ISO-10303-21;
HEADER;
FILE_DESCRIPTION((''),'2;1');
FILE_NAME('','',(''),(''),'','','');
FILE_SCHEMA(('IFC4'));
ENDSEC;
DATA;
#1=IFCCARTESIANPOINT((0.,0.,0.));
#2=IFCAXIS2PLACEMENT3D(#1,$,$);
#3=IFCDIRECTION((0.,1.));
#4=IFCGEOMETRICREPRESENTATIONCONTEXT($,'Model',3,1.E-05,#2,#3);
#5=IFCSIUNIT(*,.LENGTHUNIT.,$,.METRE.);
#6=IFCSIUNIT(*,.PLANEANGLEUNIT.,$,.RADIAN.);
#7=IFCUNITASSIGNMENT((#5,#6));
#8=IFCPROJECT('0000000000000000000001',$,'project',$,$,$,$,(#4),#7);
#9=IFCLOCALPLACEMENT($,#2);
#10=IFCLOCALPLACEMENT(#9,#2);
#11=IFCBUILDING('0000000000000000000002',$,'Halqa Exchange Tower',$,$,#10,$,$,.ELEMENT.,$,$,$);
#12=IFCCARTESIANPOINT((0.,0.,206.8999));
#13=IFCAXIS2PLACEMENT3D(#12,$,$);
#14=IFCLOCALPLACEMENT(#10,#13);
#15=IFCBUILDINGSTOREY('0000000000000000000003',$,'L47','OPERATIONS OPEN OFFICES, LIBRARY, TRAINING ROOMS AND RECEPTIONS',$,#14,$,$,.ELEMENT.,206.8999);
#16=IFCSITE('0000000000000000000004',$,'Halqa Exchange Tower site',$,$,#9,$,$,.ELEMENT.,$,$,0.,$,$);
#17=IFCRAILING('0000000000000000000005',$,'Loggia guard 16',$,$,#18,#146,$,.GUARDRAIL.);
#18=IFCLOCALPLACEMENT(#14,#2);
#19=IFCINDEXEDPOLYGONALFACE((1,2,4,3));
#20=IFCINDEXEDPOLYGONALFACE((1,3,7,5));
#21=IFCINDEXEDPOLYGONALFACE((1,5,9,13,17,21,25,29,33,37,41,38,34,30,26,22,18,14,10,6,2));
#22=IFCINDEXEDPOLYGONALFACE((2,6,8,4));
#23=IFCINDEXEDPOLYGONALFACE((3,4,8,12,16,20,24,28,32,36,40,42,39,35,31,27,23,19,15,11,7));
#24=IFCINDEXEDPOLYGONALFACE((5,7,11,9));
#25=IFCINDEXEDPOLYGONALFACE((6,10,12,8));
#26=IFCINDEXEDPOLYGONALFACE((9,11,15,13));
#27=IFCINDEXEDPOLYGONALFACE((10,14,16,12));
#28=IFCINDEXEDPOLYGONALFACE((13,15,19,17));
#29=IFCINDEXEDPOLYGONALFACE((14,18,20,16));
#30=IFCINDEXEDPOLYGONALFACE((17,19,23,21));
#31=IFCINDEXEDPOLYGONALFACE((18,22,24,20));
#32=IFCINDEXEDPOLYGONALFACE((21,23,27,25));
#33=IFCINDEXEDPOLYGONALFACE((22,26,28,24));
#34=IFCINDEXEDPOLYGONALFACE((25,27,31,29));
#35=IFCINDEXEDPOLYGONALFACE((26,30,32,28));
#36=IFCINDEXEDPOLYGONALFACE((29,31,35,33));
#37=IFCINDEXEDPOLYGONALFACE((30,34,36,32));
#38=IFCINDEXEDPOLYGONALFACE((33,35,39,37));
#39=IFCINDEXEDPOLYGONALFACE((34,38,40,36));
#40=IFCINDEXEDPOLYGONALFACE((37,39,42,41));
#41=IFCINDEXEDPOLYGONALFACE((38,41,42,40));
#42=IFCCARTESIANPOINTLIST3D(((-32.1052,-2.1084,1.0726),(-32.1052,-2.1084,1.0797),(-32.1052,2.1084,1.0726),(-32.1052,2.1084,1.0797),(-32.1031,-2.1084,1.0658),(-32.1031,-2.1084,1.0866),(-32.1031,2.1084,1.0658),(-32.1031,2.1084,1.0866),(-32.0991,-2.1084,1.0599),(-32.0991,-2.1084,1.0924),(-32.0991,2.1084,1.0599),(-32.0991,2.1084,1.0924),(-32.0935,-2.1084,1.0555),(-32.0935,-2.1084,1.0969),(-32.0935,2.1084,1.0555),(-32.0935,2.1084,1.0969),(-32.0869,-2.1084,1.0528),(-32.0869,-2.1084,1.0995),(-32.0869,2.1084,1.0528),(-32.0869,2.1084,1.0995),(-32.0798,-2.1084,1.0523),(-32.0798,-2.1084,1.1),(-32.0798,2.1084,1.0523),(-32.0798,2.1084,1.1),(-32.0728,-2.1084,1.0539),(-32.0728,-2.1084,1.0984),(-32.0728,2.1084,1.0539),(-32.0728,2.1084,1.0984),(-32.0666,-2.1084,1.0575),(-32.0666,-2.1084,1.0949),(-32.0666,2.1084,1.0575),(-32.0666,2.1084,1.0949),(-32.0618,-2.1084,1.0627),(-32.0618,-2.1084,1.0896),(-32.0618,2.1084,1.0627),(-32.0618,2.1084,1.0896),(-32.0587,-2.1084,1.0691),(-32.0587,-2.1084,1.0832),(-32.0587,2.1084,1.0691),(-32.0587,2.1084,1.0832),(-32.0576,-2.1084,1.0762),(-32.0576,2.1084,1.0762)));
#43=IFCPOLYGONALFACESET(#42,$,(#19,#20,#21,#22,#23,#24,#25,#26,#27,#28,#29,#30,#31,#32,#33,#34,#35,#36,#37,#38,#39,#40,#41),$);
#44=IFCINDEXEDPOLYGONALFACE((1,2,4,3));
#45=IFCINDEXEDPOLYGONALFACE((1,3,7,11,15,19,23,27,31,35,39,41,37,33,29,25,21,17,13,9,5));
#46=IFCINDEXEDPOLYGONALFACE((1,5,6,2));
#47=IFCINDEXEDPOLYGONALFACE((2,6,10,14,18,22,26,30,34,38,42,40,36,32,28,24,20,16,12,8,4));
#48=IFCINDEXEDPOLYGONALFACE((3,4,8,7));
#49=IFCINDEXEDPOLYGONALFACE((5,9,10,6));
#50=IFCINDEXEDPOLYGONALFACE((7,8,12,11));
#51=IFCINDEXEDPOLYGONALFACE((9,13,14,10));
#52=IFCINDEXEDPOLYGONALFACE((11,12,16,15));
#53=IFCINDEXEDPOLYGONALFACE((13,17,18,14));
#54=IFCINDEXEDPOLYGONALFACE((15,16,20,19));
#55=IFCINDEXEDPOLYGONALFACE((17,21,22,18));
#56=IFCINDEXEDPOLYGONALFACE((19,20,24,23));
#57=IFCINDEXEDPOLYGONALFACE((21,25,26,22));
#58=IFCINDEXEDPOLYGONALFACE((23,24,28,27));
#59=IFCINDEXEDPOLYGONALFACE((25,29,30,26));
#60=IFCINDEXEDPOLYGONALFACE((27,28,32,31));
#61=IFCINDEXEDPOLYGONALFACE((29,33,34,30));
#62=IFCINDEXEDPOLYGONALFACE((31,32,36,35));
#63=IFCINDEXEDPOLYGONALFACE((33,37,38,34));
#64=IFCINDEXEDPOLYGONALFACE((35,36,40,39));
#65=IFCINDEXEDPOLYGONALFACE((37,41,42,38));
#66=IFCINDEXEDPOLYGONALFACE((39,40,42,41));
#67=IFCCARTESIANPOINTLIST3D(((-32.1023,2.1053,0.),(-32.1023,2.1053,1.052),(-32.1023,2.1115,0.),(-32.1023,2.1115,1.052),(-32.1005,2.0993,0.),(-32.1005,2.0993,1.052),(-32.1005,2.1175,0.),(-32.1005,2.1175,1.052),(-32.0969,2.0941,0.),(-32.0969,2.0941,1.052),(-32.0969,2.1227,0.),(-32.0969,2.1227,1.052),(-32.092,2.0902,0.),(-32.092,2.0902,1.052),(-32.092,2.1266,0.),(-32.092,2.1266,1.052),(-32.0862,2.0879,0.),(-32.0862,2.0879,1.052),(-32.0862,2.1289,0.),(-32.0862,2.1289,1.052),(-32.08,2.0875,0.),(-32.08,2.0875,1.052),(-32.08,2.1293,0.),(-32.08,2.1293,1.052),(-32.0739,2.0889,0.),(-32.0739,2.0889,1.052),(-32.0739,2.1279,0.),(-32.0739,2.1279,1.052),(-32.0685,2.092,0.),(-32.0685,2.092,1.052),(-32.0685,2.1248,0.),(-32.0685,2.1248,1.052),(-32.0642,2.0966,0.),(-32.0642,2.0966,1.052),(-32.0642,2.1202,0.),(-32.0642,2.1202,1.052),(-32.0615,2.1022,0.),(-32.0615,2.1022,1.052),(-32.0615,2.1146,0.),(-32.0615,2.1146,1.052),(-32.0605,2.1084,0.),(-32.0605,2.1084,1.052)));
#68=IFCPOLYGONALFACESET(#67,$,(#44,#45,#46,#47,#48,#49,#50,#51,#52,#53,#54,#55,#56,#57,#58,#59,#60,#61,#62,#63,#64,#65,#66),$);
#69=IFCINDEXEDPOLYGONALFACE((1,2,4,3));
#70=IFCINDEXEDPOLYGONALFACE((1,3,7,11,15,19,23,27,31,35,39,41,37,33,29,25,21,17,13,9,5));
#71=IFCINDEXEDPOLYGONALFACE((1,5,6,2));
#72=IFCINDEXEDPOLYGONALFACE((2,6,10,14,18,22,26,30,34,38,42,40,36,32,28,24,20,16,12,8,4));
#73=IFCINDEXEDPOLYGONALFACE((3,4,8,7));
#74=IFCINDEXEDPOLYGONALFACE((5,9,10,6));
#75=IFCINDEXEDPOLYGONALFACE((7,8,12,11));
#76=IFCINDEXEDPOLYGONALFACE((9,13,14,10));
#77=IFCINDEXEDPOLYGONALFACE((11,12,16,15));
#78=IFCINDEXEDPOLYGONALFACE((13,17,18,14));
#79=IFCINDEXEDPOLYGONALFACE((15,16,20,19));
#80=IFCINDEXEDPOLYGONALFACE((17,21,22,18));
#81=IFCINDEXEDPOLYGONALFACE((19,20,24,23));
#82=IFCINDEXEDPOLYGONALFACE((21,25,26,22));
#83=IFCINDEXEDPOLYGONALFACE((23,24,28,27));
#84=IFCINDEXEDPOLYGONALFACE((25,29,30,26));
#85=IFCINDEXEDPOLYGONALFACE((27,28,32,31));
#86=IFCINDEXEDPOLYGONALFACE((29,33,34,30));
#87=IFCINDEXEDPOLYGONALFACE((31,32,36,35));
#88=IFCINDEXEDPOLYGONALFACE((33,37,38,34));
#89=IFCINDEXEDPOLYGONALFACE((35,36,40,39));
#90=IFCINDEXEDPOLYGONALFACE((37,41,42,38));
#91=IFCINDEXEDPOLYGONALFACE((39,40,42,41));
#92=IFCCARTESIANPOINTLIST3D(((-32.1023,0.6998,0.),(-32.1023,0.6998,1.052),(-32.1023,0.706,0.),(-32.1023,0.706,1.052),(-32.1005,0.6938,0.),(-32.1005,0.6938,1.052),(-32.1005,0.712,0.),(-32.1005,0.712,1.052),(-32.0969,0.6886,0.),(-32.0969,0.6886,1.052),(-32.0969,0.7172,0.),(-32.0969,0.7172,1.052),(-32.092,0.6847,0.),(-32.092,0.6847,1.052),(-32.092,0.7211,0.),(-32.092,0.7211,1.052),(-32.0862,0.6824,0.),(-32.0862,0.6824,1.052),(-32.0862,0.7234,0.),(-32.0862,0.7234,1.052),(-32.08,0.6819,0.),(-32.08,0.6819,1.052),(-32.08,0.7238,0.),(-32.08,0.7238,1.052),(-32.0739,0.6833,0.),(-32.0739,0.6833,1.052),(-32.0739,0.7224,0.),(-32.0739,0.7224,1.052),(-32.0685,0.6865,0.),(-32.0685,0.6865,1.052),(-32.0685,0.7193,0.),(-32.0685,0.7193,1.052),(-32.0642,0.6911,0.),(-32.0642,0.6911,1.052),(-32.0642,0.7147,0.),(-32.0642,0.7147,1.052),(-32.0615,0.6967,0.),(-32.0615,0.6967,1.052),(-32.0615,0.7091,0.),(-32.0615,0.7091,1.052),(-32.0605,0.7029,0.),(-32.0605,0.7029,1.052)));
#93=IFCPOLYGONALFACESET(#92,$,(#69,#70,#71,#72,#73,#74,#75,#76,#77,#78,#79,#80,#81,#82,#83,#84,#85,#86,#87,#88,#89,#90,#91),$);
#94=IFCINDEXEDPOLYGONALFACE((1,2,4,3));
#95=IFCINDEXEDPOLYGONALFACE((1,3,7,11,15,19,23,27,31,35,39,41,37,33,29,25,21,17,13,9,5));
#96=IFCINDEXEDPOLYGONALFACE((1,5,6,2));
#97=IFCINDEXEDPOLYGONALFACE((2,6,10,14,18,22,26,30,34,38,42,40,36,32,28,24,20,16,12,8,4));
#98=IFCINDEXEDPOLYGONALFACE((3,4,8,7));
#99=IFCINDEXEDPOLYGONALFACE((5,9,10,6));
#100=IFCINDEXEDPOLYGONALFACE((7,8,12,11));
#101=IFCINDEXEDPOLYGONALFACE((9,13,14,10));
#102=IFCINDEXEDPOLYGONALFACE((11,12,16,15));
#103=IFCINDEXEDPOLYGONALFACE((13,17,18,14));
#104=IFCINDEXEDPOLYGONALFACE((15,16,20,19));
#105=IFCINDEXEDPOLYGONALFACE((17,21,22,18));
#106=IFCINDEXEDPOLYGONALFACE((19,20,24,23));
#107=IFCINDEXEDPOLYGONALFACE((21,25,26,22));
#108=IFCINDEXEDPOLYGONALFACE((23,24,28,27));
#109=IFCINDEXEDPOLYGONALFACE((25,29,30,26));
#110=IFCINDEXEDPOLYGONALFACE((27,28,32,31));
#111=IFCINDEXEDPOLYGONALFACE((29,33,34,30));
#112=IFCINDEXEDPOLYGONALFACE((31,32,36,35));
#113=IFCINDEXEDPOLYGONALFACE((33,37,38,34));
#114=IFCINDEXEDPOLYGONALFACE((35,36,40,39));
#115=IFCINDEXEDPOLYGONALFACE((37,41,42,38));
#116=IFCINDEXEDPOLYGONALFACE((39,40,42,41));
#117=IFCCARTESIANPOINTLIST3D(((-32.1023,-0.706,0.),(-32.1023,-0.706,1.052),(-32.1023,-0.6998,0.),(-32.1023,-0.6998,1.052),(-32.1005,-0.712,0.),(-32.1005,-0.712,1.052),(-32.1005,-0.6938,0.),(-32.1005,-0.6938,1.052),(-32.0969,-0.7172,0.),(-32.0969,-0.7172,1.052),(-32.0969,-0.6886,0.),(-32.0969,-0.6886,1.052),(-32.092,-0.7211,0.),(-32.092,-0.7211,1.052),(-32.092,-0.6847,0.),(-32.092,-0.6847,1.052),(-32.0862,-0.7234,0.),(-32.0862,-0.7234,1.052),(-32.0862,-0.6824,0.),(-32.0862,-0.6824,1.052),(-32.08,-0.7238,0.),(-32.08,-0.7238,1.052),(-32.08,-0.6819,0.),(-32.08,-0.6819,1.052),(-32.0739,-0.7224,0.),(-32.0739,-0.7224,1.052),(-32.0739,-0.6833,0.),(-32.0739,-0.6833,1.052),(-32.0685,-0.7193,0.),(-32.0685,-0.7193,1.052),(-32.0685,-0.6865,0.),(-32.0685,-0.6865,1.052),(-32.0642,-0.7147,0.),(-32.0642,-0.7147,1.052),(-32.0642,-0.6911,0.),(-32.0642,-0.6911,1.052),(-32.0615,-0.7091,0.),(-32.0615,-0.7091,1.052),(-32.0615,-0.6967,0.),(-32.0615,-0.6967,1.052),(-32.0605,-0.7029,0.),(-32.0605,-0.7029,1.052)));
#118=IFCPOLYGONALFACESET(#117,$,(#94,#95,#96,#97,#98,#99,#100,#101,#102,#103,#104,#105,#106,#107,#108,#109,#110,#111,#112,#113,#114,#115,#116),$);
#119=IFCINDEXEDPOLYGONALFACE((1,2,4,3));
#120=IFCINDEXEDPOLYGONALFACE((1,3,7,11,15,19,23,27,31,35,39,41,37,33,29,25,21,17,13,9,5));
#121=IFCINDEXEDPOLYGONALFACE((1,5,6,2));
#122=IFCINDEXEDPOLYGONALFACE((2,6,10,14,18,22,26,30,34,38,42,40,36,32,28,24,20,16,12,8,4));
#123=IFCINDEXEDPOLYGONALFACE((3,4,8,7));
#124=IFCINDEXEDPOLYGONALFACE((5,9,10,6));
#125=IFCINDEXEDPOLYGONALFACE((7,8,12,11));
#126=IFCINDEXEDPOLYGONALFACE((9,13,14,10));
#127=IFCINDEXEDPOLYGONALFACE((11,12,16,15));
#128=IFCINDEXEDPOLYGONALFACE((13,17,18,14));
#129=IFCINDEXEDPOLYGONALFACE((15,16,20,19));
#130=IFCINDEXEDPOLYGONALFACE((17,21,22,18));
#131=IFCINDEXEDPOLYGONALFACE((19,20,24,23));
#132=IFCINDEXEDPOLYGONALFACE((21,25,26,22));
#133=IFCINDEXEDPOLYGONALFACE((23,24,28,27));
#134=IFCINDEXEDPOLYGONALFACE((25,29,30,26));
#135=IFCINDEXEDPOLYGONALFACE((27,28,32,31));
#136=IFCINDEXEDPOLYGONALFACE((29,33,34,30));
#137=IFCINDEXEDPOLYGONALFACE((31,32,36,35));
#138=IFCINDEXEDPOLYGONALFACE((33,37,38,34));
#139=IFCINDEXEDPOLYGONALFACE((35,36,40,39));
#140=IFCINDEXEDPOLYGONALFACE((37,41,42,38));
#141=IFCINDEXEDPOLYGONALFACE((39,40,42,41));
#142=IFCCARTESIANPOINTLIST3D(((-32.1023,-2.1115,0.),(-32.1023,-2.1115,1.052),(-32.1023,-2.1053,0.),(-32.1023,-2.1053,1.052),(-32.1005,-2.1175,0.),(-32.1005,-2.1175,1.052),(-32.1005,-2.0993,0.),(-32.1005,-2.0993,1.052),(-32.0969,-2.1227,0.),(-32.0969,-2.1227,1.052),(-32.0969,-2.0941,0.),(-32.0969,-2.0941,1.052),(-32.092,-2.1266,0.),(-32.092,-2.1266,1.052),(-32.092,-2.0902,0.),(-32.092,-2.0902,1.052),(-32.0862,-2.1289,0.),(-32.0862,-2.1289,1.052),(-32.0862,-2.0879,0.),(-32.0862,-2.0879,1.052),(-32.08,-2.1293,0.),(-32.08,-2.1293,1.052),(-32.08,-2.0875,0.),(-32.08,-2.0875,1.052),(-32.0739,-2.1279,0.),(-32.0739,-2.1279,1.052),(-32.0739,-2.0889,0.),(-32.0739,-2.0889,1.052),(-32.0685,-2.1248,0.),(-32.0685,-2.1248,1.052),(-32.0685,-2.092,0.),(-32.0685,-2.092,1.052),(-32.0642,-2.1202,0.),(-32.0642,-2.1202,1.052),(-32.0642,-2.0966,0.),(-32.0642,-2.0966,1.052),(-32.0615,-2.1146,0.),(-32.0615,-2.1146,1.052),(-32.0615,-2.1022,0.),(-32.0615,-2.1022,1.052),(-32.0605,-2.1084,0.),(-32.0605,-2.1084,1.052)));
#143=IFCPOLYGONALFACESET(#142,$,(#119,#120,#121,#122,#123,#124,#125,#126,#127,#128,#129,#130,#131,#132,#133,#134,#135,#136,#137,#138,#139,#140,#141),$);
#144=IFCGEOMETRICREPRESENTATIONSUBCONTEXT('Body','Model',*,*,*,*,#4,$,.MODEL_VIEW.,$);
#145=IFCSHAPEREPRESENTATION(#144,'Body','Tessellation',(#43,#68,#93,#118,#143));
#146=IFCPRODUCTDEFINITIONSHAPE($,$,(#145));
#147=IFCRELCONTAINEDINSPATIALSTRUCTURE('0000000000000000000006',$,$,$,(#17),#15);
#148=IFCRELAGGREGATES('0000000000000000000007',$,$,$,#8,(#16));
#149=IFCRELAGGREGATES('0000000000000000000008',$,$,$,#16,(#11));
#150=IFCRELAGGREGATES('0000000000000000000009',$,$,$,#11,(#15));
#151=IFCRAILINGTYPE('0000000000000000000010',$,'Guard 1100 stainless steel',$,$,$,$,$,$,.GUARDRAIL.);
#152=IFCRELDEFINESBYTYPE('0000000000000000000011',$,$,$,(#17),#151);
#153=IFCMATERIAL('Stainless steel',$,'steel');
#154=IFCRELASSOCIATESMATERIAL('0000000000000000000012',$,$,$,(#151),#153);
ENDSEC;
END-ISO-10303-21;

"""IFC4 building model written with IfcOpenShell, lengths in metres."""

from ifc_helpers import new_model, si_unit, direction, frame, origin, origin_2d, place, context, subcontext, project, spatial, circle, extrude, material, type_object, element, save


model = new_model("IFC4")

# Units and contexts
model_context = context("Model", 3, precision=1e-05, world=origin(), true_north=direction((0.0, 1.0)))
body_context = subcontext(model_context, "Body", "Model", "MODEL_VIEW")
ifc_project = project(units=[si_unit("LENGTHUNIT", "METRE"), si_unit("PLANEANGLEUNIT", "RADIAN")], contexts=[model_context])

# Site, building, storey
site_placement = place(None, origin())
site = spatial("IfcSite", under=ifc_project, at=site_placement, Name="Halqa Exchange Tower site", CompositionType="ELEMENT", RefElevation=0.0)
building_placement = place(site_placement, origin())
building = spatial("IfcBuilding", under=site, at=building_placement, Name="Halqa Exchange Tower", CompositionType="ELEMENT")
storey_placement = place(building_placement, frame((0.0, 0.0, 206.8999)))
storey = spatial("IfcBuildingStorey", under=building, at=storey_placement, Name="L47", Description="OPERATIONS OPEN OFFICES, LIBRARY, TRAINING ROOMS AND RECEPTIONS", CompositionType="ELEMENT", Elevation=206.8999)

# Railing
ifc_material_1 = material(Name="Stainless steel", Category="steel")
railing_type = type_object("IfcRailingType", Name="Guard 1100 stainless steel", PredefinedType="GUARDRAIL", material=ifc_material_1)
railing_1_placement = place(storey_placement, frame((-32.0815, 2.1084, 0.0)))
element("IfcRailing", 1, at=railing_1_placement, inside=storey, type_object=railing_type, Name="Loggia guard 16", PredefinedType="GUARDRAIL", context=body_context, shape_type="SweptSolid", body=[
    extrude(circle(Radius=0.0239, at=origin_2d()), frame((0.0, 0.0, 1.0762), z_axis=(0.0, -1.0, 0.0), x_axis=(1.0, 0.0, 0.0)), (0.0, 0.0, 1.0), 4.2168),
    extrude(circle(Radius=0.021, at=origin_2d()), origin(), (0.0, 0.0, 1.0), 1.052),
    extrude(circle(Radius=0.021, at=origin_2d()), frame((0.0, -1.4055, 0.0)), (0.0, 0.0, 1.0), 1.052),
    extrude(circle(Radius=0.021, at=origin_2d()), frame((0.0, -2.8113, 0.0)), (0.0, 0.0, 1.0), 1.052),
    extrude(circle(Radius=0.021, at=origin_2d()), frame((0.0, -4.2168, 0.0)), (0.0, 0.0, 1.0), 1.052),
])

save(model, "model.ifc")
